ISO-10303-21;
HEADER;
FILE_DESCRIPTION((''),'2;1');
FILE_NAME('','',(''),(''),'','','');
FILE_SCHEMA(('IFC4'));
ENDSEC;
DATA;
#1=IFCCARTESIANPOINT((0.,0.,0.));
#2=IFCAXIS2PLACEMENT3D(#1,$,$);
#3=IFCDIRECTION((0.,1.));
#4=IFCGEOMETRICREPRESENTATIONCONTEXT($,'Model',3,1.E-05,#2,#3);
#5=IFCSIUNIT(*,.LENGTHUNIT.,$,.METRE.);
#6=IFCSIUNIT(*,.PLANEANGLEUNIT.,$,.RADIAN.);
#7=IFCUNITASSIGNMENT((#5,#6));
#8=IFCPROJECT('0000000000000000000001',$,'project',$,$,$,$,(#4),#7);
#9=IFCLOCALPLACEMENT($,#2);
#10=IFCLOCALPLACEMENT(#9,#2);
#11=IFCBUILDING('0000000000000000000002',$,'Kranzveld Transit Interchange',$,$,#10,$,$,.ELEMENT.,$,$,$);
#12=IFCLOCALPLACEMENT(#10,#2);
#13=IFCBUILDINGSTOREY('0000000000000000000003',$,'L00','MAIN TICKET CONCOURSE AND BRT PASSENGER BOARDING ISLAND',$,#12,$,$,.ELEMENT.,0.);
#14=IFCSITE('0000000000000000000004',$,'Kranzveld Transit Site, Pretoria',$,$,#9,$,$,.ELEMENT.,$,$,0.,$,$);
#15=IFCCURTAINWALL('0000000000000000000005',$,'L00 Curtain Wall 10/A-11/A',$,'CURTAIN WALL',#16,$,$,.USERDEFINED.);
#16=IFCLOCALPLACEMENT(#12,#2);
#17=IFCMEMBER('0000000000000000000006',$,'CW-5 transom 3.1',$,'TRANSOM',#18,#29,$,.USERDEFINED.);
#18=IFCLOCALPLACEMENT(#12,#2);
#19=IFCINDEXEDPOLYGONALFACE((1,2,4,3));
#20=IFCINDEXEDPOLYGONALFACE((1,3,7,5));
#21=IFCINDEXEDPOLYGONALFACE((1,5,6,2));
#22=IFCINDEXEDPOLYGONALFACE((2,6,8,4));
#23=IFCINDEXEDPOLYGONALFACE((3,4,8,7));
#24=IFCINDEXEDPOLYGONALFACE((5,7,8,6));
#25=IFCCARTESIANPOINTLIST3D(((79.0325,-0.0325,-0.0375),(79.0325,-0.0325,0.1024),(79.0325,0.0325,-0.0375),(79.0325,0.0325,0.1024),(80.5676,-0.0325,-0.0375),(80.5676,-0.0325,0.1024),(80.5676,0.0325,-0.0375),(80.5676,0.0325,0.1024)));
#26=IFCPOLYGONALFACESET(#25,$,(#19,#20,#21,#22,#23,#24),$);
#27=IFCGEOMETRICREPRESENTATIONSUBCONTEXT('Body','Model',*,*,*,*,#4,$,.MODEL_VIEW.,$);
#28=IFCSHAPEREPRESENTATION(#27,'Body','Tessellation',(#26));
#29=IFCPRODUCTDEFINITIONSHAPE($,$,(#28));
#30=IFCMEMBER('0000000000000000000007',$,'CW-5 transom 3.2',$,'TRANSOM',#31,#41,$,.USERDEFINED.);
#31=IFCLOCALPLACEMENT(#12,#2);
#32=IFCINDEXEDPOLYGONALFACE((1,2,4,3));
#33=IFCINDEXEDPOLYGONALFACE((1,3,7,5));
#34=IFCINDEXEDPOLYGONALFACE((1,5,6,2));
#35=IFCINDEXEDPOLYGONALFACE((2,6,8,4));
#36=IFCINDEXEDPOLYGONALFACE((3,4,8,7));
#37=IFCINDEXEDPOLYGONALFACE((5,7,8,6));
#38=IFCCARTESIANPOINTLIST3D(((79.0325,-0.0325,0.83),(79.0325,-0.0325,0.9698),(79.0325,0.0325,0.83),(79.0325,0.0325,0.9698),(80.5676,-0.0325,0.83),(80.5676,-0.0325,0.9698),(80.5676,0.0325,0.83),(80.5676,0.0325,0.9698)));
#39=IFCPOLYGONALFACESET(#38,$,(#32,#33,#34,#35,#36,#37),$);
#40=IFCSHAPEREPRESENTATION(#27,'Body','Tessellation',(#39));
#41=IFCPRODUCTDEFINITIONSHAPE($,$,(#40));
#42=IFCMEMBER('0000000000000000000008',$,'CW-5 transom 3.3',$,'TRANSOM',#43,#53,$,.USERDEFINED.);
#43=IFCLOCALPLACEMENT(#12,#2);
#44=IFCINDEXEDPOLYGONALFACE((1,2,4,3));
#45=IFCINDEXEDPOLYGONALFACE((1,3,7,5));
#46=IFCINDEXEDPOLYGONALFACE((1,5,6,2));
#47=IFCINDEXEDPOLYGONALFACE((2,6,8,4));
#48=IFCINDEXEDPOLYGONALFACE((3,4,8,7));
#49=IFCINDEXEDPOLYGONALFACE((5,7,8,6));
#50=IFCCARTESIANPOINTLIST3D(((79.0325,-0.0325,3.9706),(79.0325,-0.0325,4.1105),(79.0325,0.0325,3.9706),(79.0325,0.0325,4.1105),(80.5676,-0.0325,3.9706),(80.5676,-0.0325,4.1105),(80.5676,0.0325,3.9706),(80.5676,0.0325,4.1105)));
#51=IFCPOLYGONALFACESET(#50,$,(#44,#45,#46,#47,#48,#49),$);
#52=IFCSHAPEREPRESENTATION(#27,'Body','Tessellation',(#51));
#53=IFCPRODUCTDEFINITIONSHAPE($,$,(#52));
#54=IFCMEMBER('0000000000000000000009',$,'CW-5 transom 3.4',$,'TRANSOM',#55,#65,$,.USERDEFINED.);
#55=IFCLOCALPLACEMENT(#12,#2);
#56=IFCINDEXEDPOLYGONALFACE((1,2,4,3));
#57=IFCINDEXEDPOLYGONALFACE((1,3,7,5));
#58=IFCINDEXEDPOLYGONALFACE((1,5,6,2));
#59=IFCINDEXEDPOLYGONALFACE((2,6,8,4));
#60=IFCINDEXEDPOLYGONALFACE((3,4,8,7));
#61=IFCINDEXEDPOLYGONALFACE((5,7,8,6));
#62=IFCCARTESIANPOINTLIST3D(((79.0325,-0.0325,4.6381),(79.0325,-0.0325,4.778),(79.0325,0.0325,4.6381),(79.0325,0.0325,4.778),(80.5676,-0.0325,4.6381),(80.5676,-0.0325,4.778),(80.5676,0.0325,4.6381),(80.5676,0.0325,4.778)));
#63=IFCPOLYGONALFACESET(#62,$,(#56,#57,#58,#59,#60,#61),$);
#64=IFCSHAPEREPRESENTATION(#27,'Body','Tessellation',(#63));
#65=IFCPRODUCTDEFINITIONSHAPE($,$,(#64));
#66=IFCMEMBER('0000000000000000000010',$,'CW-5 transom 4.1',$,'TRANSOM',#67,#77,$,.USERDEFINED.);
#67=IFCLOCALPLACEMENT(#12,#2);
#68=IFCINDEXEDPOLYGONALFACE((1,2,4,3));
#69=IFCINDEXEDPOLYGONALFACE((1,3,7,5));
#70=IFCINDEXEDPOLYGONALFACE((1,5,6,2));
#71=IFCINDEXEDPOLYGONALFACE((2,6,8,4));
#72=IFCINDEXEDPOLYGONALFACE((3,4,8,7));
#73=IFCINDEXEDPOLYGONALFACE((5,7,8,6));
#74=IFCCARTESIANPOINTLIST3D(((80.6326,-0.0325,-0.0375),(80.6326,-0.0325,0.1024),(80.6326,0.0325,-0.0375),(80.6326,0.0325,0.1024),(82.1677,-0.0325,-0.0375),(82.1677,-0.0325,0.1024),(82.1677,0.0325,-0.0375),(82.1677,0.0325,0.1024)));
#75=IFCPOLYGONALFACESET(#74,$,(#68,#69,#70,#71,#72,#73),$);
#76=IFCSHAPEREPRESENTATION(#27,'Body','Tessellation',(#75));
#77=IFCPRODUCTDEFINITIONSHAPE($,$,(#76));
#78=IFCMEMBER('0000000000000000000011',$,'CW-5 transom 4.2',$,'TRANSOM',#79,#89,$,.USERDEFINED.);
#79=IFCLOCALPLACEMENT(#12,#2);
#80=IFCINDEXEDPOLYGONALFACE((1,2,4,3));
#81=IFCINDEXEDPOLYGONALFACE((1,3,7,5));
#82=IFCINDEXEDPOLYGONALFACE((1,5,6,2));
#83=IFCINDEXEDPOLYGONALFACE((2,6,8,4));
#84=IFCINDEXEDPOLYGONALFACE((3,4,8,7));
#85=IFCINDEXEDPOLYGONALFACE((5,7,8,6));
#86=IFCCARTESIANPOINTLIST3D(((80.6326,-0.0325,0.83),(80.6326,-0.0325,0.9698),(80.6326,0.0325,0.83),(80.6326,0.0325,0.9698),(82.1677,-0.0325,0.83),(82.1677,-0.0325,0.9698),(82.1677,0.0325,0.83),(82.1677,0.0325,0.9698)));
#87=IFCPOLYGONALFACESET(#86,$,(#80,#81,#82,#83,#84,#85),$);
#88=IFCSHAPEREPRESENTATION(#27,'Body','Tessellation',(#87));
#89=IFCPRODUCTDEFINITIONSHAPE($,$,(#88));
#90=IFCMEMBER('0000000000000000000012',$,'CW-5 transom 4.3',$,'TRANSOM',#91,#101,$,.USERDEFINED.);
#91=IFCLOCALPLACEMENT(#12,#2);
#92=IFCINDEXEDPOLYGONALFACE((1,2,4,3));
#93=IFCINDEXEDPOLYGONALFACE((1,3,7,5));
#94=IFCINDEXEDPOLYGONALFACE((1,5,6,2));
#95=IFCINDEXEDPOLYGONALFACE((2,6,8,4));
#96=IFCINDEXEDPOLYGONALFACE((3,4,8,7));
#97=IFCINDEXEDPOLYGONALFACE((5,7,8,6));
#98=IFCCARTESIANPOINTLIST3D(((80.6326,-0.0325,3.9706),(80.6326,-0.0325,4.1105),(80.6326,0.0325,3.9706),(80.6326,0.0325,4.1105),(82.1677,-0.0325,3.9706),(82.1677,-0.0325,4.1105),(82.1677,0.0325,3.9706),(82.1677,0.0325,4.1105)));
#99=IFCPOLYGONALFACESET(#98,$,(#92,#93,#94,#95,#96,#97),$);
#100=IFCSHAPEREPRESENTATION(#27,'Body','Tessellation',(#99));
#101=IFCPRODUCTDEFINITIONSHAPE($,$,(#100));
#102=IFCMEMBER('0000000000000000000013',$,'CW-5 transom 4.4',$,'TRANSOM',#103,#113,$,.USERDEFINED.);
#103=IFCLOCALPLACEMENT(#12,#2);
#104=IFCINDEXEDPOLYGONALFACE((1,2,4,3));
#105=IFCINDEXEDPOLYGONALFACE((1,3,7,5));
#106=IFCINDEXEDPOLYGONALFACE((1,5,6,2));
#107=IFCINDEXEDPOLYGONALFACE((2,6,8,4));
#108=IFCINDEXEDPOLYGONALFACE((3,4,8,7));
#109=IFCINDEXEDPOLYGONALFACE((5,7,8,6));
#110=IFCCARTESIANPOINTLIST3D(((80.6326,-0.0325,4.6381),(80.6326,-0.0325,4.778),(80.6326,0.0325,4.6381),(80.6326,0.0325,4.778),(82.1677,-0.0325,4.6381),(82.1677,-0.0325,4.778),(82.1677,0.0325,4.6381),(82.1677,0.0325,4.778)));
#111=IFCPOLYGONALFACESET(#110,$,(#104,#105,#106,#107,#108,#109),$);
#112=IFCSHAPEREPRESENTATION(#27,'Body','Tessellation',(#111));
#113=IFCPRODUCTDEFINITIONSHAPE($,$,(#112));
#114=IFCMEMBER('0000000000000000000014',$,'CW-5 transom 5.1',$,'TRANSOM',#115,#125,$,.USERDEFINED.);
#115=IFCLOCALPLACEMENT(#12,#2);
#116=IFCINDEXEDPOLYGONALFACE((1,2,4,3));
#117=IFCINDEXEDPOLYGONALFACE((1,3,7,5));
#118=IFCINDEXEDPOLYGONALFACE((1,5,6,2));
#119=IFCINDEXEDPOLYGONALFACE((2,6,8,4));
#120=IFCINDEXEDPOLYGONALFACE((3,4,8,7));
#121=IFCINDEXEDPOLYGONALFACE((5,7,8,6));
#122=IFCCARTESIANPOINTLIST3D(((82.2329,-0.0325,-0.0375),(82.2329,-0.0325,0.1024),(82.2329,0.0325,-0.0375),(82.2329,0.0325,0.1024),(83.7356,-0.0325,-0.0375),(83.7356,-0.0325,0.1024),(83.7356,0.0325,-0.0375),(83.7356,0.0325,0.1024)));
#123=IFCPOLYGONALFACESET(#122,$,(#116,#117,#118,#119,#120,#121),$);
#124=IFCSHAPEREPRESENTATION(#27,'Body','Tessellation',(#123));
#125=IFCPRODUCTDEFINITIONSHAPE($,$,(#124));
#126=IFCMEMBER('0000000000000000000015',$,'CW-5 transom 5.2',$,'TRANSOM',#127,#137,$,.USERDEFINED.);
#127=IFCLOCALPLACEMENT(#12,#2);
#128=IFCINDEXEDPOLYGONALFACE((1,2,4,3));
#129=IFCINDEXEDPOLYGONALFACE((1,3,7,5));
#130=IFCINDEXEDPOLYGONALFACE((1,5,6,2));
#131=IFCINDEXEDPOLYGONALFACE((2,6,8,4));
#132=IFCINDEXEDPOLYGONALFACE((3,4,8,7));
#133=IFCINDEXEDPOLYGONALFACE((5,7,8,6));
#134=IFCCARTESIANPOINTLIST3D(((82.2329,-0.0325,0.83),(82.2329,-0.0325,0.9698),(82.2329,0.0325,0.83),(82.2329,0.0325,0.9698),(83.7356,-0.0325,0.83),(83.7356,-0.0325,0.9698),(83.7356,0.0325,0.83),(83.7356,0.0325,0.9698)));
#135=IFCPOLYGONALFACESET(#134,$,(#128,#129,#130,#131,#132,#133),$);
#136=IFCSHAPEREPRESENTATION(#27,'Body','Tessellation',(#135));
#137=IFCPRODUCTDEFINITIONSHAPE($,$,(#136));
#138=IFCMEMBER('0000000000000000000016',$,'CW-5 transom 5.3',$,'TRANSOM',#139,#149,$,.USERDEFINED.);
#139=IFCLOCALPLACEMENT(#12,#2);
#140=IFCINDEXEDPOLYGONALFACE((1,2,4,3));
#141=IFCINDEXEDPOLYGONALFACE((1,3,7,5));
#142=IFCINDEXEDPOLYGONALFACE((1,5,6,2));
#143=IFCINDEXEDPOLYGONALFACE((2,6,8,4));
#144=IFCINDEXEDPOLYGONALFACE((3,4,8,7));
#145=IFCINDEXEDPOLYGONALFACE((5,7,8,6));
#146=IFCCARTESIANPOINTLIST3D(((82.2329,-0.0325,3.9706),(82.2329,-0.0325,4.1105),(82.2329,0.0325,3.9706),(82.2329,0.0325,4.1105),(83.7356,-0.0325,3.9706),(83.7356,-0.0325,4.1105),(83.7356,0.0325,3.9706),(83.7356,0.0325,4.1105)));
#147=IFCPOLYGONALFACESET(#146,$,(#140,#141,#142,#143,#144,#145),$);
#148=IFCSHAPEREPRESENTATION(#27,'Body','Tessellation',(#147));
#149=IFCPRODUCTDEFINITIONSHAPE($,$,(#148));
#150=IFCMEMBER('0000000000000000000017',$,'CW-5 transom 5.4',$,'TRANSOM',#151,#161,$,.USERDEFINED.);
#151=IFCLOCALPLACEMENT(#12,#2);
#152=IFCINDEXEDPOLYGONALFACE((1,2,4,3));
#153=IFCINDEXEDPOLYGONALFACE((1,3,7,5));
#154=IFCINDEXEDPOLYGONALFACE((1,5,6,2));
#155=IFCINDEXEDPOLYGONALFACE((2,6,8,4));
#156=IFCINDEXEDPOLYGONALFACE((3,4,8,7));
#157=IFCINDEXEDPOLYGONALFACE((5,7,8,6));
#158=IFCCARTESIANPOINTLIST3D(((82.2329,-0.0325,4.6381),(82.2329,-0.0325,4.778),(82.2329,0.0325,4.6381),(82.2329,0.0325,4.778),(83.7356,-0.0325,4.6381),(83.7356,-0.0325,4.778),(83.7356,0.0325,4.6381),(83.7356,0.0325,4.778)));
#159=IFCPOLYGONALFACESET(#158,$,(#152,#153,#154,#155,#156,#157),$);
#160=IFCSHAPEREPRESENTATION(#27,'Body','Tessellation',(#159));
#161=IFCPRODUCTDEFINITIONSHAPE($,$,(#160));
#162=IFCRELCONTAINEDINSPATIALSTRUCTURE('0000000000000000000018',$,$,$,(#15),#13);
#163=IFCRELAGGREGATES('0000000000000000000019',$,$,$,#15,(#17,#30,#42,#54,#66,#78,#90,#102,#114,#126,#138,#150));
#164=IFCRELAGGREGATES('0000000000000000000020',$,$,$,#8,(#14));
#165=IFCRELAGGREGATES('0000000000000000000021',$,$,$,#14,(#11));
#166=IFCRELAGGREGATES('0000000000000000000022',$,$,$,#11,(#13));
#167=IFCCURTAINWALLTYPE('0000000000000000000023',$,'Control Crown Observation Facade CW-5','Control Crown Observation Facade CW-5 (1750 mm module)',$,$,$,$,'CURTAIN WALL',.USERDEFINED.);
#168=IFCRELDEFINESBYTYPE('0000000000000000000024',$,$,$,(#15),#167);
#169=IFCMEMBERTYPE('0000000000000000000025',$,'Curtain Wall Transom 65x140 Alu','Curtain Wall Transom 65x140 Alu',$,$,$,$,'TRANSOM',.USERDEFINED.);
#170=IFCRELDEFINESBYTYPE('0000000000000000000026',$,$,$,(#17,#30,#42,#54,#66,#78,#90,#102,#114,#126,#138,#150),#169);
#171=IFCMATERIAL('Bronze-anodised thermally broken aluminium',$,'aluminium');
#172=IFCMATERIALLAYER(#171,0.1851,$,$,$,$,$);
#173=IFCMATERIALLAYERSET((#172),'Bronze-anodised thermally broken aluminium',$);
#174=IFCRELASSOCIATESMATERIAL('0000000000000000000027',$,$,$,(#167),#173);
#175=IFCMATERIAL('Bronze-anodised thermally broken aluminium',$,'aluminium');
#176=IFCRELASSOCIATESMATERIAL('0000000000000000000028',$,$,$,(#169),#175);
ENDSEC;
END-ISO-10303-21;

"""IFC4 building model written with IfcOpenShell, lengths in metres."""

from ifc_helpers import new_model, si_unit, direction, frame, origin, origin_2d, place, context, subcontext, project, spatial, rectangle, extrude, material, layer, layer_set, material_profile, profile_set, type_object, element, aggregate, save


model = new_model("IFC4")

# Units and contexts
model_context = context("Model", 3, precision=1e-05, world=origin(), true_north=direction((0.0, 1.0)))
body_context = subcontext(model_context, "Body", "Model", "MODEL_VIEW")
ifc_project = project(units=[si_unit("LENGTHUNIT", "METRE"), si_unit("PLANEANGLEUNIT", "RADIAN")], contexts=[model_context])

# Site, building, storey
site_placement = place(None, origin())
site = spatial("IfcSite", under=ifc_project, at=site_placement, Name="Kranzveld Transit Site, Pretoria", CompositionType="ELEMENT", RefElevation=0.0)
building_placement = place(site_placement, origin())
building = spatial("IfcBuilding", under=site, at=building_placement, Name="Kranzveld Transit Interchange", CompositionType="ELEMENT")
storey_placement = place(building_placement, origin())
storey = spatial("IfcBuildingStorey", under=building, at=storey_placement, Name="L00", Description="MAIN TICKET CONCOURSE AND BRT PASSENGER BOARDING ISLAND", CompositionType="ELEMENT", Elevation=0.0)

# Curtain wall, members
ifc_material_1 = material(Name="Bronze-anodised thermally broken aluminium", Category="aluminium")
ifc_layer_1 = layer(ifc_material_1, 0.1851)
ifc_layer_set_1 = layer_set([ifc_layer_1], Name="Bronze-anodised thermally broken aluminium")
curtain_wall_type = type_object("IfcCurtainWallType", Name="Control Crown Observation Facade CW-5", Description="Control Crown Observation Facade CW-5 (1750 mm module)", ElementType="CURTAIN WALL", PredefinedType="USERDEFINED", material=ifc_layer_set_1)
curtain_wall_placement = place(storey_placement, origin())
curtain_wall = element("IfcCurtainWall", 1, at=curtain_wall_placement, inside=storey, type_object=curtain_wall_type, Name="L00 Curtain Wall 10/A-11/A", ObjectType="CURTAIN WALL", PredefinedType="USERDEFINED")
ifc_material_2 = material(Name="Bronze-anodised thermally broken aluminium", Category="aluminium")
ifc_material_profile_1 = material_profile(ifc_material_2, rectangle(XDim=0.0649, YDim=0.1399, at=origin_2d()), Name="ALU TRANSOM 65x140")
ifc_profile_set_1 = profile_set([ifc_material_profile_1], Name="Bronze-anodised thermally broken aluminium")
member_type_1 = type_object("IfcMemberType", Name="Curtain Wall Transom 65x140 Alu", Description="Curtain Wall Transom 65x140 Alu", ElementType="TRANSOM", PredefinedType="USERDEFINED", material=ifc_profile_set_1)
member_1_placement = place(storey_placement, frame((79.0325, 0.0, 0.0325), z_axis=(1.0, 0.0, 0.0), x_axis=(0.0, 1.0, 0.0)))
member_1 = element("IfcMember", 2, at=member_1_placement, type_object=member_type_1, Name="CW-5 transom 3.1", ObjectType="TRANSOM", PredefinedType="USERDEFINED", context=body_context, shape_type="SweptSolid", body=[
    extrude(rectangle(XDim=0.0649, YDim=0.1399, at=origin_2d()), origin(), (0.0, 0.0, 1.0), 1.5352),
])
member_2_placement = place(storey_placement, frame((79.0325, 0.0, 0.8999), z_axis=(1.0, 0.0, 0.0), x_axis=(0.0, 1.0, 0.0)))
member_2 = element("IfcMember", 3, at=member_2_placement, type_object=member_type_1, Name="CW-5 transom 3.2", ObjectType="TRANSOM", PredefinedType="USERDEFINED", context=body_context, shape_type="SweptSolid", body=[
    extrude(rectangle(XDim=0.0649, YDim=0.1399, at=origin_2d()), origin(), (0.0, 0.0, 1.0), 1.5352),
])
member_3_placement = place(storey_placement, frame((79.0325, 0.0, 4.0405), z_axis=(1.0, 0.0, 0.0), x_axis=(0.0, 1.0, 0.0)))
member_3 = element("IfcMember", 4, at=member_3_placement, type_object=member_type_1, Name="CW-5 transom 3.3", ObjectType="TRANSOM", PredefinedType="USERDEFINED", context=body_context, shape_type="SweptSolid", body=[
    extrude(rectangle(XDim=0.0649, YDim=0.1399, at=origin_2d()), origin(), (0.0, 0.0, 1.0), 1.5352),
])
member_4_placement = place(storey_placement, frame((79.0325, 0.0, 4.708), z_axis=(1.0, 0.0, 0.0), x_axis=(0.0, 1.0, 0.0)))
member_4 = element("IfcMember", 5, at=member_4_placement, type_object=member_type_1, Name="CW-5 transom 3.4", ObjectType="TRANSOM", PredefinedType="USERDEFINED", context=body_context, shape_type="SweptSolid", body=[
    extrude(rectangle(XDim=0.0649, YDim=0.1399, at=origin_2d()), origin(), (0.0, 0.0, 1.0), 1.5352),
])
member_5_placement = place(storey_placement, frame((80.6326, 0.0, 0.0325), z_axis=(1.0, 0.0, 0.0), x_axis=(0.0, 1.0, 0.0)))
member_5 = element("IfcMember", 6, at=member_5_placement, type_object=member_type_1, Name="CW-5 transom 4.1", ObjectType="TRANSOM", PredefinedType="USERDEFINED", context=body_context, shape_type="SweptSolid", body=[
    extrude(rectangle(XDim=0.0649, YDim=0.1399, at=origin_2d()), origin(), (0.0, 0.0, 1.0), 1.5352),
])
member_6_placement = place(storey_placement, frame((80.6326, 0.0, 0.8999), z_axis=(1.0, 0.0, 0.0), x_axis=(0.0, 1.0, 0.0)))
member_6 = element("IfcMember", 7, at=member_6_placement, type_object=member_type_1, Name="CW-5 transom 4.2", ObjectType="TRANSOM", PredefinedType="USERDEFINED", context=body_context, shape_type="SweptSolid", body=[
    extrude(rectangle(XDim=0.0649, YDim=0.1399, at=origin_2d()), origin(), (0.0, 0.0, 1.0), 1.5352),
])
member_7_placement = place(storey_placement, frame((80.6326, 0.0, 4.0405), z_axis=(1.0, 0.0, 0.0), x_axis=(0.0, 1.0, 0.0)))
member_7 = element("IfcMember", 8, at=member_7_placement, type_object=member_type_1, Name="CW-5 transom 4.3", ObjectType="TRANSOM", PredefinedType="USERDEFINED", context=body_context, shape_type="SweptSolid", body=[
    extrude(rectangle(XDim=0.0649, YDim=0.1399, at=origin_2d()), origin(), (0.0, 0.0, 1.0), 1.5352),
])
member_8_placement = place(storey_placement, frame((80.6326, 0.0, 4.708), z_axis=(1.0, 0.0, 0.0), x_axis=(0.0, 1.0, 0.0)))
member_8 = element("IfcMember", 9, at=member_8_placement, type_object=member_type_1, Name="CW-5 transom 4.4", ObjectType="TRANSOM", PredefinedType="USERDEFINED", context=body_context, shape_type="SweptSolid", body=[
    extrude(rectangle(XDim=0.0649, YDim=0.1399, at=origin_2d()), origin(), (0.0, 0.0, 1.0), 1.5352),
])
member_9_placement = place(storey_placement, frame((82.2329, 0.0, 0.0325), z_axis=(1.0, 0.0, 0.0), x_axis=(0.0, 1.0, 0.0)))
member_9 = element("IfcMember", 10, at=member_9_placement, type_object=member_type_1, Name="CW-5 transom 5.1", ObjectType="TRANSOM", PredefinedType="USERDEFINED", context=body_context, shape_type="SweptSolid", body=[
    extrude(rectangle(XDim=0.0649, YDim=0.1399, at=origin_2d()), origin(), (0.0, 0.0, 1.0), 1.5027),
])
member_10_placement = place(storey_placement, frame((82.2329, 0.0, 0.8999), z_axis=(1.0, 0.0, 0.0), x_axis=(0.0, 1.0, 0.0)))
member_10 = element("IfcMember", 11, at=member_10_placement, type_object=member_type_1, Name="CW-5 transom 5.2", ObjectType="TRANSOM", PredefinedType="USERDEFINED", context=body_context, shape_type="SweptSolid", body=[
    extrude(rectangle(XDim=0.0649, YDim=0.1399, at=origin_2d()), origin(), (0.0, 0.0, 1.0), 1.5027),
])
member_11_placement = place(storey_placement, frame((82.2329, 0.0, 4.0405), z_axis=(1.0, 0.0, 0.0), x_axis=(0.0, 1.0, 0.0)))
member_11 = element("IfcMember", 12, at=member_11_placement, type_object=member_type_1, Name="CW-5 transom 5.3", ObjectType="TRANSOM", PredefinedType="USERDEFINED", context=body_context, shape_type="SweptSolid", body=[
    extrude(rectangle(XDim=0.0649, YDim=0.1399, at=origin_2d()), origin(), (0.0, 0.0, 1.0), 1.5027),
])
member_12_placement = place(storey_placement, frame((82.2329, 0.0, 4.708), z_axis=(1.0, 0.0, 0.0), x_axis=(0.0, 1.0, 0.0)))
member_12 = element("IfcMember", 13, at=member_12_placement, type_object=member_type_1, Name="CW-5 transom 5.4", ObjectType="TRANSOM", PredefinedType="USERDEFINED", context=body_context, shape_type="SweptSolid", body=[
    extrude(rectangle(XDim=0.0649, YDim=0.1399, at=origin_2d()), origin(), (0.0, 0.0, 1.0), 1.5027),
])

aggregate(curtain_wall, [member_1, member_2, member_3, member_4, member_5, member_6, member_7, member_8, member_9, member_10, member_11, member_12])

save(model, "model.ifc")
